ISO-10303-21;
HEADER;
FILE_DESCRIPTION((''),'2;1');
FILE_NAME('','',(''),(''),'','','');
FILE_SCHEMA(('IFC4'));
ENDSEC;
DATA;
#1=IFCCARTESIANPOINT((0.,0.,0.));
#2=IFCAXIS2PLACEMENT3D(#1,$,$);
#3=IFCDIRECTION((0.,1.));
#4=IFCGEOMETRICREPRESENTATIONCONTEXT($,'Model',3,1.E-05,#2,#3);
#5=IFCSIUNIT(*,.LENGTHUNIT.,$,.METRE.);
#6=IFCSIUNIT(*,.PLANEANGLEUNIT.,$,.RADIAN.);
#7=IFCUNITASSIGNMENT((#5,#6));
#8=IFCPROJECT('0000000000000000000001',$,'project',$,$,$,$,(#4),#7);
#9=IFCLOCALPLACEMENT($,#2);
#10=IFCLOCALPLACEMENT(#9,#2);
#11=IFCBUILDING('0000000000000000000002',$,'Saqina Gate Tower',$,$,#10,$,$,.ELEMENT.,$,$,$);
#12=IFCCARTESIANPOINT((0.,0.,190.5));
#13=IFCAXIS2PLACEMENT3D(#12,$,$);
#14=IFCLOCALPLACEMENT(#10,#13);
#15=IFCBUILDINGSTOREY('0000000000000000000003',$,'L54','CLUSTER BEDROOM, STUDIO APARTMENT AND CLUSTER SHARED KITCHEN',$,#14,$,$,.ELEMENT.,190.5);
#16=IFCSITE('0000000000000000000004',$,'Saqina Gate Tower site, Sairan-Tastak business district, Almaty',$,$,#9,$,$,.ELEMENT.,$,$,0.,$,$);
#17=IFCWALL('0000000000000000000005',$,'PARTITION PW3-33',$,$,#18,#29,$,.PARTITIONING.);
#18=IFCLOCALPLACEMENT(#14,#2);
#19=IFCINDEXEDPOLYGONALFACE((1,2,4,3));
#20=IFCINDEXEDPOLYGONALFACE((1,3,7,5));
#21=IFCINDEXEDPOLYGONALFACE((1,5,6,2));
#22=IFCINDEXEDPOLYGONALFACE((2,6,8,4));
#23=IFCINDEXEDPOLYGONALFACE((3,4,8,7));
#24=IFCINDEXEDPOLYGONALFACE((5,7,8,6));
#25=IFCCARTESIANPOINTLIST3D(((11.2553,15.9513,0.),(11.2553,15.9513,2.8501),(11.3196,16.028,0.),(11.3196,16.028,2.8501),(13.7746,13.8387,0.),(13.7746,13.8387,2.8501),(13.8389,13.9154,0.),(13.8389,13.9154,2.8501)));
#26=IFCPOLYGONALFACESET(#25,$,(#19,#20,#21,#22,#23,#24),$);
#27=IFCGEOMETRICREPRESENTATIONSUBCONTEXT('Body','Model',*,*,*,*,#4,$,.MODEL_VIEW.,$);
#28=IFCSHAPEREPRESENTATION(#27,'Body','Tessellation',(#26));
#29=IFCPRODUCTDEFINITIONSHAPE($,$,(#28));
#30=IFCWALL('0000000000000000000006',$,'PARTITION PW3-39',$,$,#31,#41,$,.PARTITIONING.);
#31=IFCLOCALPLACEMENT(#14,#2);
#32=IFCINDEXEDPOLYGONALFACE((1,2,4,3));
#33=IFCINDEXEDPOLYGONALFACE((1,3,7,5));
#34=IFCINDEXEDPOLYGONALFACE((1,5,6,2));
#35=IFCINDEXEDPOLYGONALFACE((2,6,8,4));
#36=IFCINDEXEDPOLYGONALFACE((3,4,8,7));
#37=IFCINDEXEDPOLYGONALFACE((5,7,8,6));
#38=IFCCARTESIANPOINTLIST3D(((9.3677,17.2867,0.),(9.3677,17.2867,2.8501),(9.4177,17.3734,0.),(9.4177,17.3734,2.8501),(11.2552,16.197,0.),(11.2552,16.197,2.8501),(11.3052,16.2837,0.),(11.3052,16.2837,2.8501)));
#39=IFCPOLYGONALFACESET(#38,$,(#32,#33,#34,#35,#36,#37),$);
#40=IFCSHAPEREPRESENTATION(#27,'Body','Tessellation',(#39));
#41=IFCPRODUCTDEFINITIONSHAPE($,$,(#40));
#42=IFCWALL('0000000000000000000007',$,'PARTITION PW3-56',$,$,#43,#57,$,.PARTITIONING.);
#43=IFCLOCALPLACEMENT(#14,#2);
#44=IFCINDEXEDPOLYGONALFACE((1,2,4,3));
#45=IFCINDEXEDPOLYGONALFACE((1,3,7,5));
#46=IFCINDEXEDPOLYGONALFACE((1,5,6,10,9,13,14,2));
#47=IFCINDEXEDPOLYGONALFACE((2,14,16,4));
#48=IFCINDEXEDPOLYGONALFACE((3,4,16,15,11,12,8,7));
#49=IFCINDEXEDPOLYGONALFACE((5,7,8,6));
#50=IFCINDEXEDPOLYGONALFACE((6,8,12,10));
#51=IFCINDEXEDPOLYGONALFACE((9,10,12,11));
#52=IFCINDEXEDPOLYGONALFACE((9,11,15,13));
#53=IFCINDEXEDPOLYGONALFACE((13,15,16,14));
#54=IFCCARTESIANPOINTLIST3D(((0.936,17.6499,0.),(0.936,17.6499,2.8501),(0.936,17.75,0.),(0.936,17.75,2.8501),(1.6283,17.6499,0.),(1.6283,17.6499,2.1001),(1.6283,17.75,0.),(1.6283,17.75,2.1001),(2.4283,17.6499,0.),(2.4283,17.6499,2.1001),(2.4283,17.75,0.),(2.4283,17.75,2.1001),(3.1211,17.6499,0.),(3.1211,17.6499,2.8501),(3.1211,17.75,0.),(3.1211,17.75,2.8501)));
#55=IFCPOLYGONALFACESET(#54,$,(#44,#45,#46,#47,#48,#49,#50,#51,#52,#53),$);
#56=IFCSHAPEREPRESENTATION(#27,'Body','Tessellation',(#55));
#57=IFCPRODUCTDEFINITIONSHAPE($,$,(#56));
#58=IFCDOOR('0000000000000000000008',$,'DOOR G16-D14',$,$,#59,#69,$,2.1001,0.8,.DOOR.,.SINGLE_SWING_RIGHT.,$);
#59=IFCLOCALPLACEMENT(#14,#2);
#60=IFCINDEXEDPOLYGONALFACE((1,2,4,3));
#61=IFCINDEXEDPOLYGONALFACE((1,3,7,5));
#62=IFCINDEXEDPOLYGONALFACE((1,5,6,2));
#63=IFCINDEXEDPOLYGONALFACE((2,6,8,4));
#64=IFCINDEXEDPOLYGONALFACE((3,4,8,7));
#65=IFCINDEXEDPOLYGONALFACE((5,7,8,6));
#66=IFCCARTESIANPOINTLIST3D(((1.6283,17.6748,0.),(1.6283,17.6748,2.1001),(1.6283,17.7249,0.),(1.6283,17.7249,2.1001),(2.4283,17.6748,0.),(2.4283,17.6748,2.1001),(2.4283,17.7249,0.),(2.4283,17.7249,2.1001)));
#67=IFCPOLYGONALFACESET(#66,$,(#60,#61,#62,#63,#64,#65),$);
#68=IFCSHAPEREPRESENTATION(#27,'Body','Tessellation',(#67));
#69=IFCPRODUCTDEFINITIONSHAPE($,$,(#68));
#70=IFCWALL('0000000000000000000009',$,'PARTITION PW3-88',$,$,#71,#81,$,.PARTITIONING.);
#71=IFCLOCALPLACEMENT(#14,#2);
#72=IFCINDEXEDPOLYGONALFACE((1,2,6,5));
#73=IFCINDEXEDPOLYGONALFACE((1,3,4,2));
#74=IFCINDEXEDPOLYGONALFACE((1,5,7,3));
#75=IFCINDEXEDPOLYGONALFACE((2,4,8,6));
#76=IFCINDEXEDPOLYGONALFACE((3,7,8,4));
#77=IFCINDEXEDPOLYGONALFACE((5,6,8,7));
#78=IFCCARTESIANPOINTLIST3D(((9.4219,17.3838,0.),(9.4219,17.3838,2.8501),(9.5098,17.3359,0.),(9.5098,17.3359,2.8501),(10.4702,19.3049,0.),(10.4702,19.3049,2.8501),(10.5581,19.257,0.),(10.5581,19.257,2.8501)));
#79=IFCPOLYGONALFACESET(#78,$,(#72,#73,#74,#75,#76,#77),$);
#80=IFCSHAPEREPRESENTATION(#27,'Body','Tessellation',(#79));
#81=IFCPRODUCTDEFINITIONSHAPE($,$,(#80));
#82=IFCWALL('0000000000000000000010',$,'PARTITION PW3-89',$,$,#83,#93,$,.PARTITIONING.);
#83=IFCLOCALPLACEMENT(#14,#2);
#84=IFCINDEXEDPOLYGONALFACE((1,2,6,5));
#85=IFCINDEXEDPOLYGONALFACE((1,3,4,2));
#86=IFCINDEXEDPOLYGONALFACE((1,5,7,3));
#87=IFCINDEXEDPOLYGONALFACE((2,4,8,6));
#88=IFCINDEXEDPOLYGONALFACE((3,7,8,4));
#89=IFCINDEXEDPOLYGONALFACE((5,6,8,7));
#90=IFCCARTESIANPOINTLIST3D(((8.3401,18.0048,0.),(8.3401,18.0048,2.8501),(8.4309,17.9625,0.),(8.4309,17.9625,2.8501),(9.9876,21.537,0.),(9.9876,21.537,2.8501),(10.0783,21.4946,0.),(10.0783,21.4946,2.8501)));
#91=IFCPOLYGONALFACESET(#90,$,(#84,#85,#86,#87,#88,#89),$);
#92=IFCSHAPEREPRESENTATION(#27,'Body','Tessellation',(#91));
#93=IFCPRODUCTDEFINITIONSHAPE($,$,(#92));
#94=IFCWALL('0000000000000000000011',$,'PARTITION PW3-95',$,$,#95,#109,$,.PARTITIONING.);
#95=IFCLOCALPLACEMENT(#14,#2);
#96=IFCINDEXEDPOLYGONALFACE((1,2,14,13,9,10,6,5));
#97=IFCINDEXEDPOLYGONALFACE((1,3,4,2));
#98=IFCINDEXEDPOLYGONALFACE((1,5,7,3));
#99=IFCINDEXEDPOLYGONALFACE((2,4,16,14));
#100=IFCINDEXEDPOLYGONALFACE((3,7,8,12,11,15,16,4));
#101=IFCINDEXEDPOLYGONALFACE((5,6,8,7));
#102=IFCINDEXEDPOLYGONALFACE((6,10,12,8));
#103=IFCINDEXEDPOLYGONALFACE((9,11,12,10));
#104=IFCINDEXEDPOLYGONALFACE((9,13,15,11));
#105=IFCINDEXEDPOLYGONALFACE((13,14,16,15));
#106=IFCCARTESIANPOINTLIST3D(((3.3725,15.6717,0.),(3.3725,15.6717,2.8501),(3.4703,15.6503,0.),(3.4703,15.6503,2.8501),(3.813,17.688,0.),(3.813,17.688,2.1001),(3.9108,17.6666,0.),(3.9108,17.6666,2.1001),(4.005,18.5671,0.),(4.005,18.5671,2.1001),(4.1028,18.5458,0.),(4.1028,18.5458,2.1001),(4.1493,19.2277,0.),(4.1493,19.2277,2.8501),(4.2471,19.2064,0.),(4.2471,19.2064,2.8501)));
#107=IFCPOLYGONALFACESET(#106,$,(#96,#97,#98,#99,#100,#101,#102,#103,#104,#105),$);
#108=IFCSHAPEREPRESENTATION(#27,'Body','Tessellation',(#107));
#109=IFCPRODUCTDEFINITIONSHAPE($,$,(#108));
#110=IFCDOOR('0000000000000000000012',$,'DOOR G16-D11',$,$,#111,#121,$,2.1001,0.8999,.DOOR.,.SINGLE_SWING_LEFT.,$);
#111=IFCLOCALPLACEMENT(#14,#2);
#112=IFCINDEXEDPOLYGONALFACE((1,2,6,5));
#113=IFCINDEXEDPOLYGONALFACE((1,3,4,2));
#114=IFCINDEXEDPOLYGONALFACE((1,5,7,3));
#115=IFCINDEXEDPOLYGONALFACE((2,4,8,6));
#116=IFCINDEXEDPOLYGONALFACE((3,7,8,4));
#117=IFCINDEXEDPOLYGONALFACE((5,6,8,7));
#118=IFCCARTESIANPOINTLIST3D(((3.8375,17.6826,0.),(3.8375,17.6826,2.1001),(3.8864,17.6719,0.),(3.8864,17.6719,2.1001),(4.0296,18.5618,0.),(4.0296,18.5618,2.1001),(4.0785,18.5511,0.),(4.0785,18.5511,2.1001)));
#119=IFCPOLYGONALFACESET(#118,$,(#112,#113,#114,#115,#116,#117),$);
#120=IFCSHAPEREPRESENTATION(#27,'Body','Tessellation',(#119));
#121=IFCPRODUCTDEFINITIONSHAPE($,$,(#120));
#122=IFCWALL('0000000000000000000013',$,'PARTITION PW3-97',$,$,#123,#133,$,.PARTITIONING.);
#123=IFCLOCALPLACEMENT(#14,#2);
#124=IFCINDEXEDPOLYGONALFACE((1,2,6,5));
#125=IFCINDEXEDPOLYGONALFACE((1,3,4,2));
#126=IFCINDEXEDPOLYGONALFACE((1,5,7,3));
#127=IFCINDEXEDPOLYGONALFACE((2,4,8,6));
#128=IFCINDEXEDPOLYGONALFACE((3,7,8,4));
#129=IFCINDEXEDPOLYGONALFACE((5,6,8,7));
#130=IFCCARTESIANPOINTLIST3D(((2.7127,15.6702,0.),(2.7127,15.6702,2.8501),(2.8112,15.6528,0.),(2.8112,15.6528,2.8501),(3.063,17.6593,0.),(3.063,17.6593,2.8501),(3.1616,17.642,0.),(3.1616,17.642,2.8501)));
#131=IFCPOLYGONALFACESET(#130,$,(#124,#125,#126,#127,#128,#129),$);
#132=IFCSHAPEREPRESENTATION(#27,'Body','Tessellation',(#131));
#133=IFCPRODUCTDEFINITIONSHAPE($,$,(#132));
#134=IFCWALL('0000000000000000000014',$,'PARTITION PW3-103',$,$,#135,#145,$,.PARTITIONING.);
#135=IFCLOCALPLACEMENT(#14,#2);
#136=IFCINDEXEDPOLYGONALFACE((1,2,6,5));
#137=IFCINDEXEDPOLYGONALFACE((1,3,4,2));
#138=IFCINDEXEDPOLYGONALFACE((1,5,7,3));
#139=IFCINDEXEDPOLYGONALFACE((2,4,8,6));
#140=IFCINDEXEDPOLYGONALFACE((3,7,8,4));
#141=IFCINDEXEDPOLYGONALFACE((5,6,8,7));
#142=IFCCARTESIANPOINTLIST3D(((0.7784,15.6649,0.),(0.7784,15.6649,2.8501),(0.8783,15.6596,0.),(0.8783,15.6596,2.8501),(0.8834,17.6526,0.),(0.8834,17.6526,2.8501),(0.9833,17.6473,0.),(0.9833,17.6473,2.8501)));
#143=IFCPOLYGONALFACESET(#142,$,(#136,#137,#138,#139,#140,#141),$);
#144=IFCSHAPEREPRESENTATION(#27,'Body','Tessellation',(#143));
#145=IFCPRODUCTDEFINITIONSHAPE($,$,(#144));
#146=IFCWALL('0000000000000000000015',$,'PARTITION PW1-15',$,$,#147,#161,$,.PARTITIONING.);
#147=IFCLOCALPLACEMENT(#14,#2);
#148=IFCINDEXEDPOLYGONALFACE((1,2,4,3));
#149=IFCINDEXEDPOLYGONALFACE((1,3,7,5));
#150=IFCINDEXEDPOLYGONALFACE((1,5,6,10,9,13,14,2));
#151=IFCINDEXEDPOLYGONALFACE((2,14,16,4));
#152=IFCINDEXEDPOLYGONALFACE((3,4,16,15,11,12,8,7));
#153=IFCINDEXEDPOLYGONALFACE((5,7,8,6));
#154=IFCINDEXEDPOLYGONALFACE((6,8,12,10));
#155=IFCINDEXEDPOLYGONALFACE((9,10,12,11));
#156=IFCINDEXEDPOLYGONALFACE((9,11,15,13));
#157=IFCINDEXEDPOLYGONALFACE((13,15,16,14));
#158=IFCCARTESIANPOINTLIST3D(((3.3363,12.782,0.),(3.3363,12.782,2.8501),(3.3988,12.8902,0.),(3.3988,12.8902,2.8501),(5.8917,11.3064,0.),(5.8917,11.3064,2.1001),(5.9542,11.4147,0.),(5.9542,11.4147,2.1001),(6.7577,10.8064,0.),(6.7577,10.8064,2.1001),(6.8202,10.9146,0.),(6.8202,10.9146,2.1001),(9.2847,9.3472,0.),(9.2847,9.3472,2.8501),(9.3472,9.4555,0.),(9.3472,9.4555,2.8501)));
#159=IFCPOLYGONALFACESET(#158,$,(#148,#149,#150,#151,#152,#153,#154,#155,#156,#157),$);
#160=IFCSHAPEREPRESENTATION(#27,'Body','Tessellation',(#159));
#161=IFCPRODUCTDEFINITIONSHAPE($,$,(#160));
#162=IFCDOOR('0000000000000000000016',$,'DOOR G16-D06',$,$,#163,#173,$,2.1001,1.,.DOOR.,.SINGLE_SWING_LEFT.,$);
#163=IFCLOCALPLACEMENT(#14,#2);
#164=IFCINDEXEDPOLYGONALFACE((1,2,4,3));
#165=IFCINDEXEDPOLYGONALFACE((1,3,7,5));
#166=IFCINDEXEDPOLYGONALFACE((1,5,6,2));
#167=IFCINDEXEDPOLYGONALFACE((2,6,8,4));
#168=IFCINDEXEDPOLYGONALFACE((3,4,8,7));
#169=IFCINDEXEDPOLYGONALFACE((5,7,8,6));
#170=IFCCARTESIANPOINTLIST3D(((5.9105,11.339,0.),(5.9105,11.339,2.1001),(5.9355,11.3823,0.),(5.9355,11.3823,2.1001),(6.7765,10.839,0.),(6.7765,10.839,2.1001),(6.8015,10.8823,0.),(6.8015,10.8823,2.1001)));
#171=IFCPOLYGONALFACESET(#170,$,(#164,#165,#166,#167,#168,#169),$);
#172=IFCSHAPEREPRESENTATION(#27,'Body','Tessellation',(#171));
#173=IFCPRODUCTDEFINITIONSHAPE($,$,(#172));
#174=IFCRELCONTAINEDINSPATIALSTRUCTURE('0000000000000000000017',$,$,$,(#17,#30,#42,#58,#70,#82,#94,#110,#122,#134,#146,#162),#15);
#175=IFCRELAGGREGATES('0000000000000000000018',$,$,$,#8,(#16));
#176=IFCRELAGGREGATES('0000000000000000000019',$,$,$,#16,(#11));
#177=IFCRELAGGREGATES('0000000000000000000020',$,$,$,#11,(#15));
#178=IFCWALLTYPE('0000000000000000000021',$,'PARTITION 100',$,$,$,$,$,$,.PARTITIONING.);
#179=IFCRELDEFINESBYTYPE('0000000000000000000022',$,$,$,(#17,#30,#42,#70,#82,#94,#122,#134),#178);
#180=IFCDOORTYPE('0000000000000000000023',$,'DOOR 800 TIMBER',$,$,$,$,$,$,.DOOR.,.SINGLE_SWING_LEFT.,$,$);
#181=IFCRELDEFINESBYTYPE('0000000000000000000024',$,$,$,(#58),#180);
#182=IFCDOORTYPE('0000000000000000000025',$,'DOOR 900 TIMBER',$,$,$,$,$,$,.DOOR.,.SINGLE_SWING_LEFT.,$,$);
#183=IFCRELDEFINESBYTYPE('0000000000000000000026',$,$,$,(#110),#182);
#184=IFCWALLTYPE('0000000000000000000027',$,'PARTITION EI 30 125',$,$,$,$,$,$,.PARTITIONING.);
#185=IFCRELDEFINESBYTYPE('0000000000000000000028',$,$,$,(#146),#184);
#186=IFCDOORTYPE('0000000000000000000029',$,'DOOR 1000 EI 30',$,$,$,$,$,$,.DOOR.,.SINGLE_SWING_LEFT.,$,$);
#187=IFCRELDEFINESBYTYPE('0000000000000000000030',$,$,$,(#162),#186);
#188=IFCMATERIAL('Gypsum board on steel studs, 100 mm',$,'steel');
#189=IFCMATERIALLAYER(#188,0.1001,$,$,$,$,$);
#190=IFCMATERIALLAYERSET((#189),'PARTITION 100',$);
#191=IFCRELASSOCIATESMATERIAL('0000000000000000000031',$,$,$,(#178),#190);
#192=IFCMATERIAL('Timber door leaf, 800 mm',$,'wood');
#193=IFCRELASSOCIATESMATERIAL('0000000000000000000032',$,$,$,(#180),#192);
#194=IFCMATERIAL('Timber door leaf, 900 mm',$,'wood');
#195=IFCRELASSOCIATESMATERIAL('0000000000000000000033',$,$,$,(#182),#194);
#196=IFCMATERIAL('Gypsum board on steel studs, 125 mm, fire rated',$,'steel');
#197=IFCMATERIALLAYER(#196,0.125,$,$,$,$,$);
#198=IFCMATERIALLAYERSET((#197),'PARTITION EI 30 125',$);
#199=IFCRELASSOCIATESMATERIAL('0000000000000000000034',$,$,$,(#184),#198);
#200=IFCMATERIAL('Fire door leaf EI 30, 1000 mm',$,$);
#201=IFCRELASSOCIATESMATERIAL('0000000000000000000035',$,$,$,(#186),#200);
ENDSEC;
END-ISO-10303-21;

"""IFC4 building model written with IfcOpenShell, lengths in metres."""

from ifc_helpers import new_model, si_unit, direction, frame, frame_2d, origin, place, context, subcontext, project, spatial, rectangle, extrude, material, layer, layer_set, type_object, element, fill, save


model = new_model("IFC4")

# Units and contexts
model_context = context("Model", 3, precision=1e-05, world=origin(), true_north=direction((0.0, 1.0)))
body_context = subcontext(model_context, "Body", "Model", "MODEL_VIEW")
ifc_project = project(units=[si_unit("LENGTHUNIT", "METRE"), si_unit("PLANEANGLEUNIT", "RADIAN")], contexts=[model_context])

# Site, building, storey
site_placement = place(None, origin())
site = spatial("IfcSite", under=ifc_project, at=site_placement, Name="Saqina Gate Tower site, Sairan-Tastak business district, Almaty", CompositionType="ELEMENT", RefElevation=0.0)
building_placement = place(site_placement, origin())
building = spatial("IfcBuilding", under=site, at=building_placement, Name="Saqina Gate Tower", CompositionType="ELEMENT")
storey_placement = place(building_placement, frame((0.0, 0.0, 190.5)))
storey = spatial("IfcBuildingStorey", under=building, at=storey_placement, Name="L54", Description="CLUSTER BEDROOM, STUDIO APARTMENT AND CLUSTER SHARED KITCHEN", CompositionType="ELEMENT", Elevation=190.5)

# Walls
ifc_material_1 = material(Name="Gypsum board on steel studs, 100 mm", Category="steel")
ifc_layer_1 = layer(ifc_material_1, 0.1001)
ifc_layer_set_1 = layer_set([ifc_layer_1], Name="PARTITION 100")
wall_type_1 = type_object("IfcWallType", Name="PARTITION 100", PredefinedType="PARTITIONING", material=ifc_layer_set_1)
wall_1_placement = place(storey_placement, frame((11.2874, 15.9897, 0.0), z_axis=(0.0, 0.0, 1.0), x_axis=(0.766252, -0.642541, 0.0)))
element("IfcWall", 1, at=wall_1_placement, inside=storey, type_object=wall_type_1, Name="PARTITION PW3-33", PredefinedType="PARTITIONING", context=body_context, shape_type="SweptSolid", body=[
    extrude(rectangle(XDim=3.2878, YDim=0.1001, at=frame_2d((1.644, 0.0))), origin(), (0.0, 0.0, 1.0), 2.8501),
])
wall_2_placement = place(storey_placement, frame((9.3926, 17.3301, 0.0), z_axis=(0.0, 0.0, 1.0), x_axis=(0.866049, -0.499958, 0.0)))
element("IfcWall", 2, at=wall_2_placement, inside=storey, type_object=wall_type_1, Name="PARTITION PW3-39", PredefinedType="PARTITIONING", context=body_context, shape_type="SweptSolid", body=[
    extrude(rectangle(XDim=2.1794, YDim=0.1001, at=frame_2d((1.0898, 0.0))), origin(), (0.0, 0.0, 1.0), 2.8501),
])

# Wall, opening, door
wall_3_placement = place(storey_placement, frame((0.936, 17.7, 0.0), z_axis=(0.0, 0.0, 1.0), x_axis=(1.0, 0.0, 0.0)))
wall_3 = element("IfcWall", 3, at=wall_3_placement, inside=storey, type_object=wall_type_1, Name="PARTITION PW3-56", PredefinedType="PARTITIONING", context=body_context, shape_type="SweptSolid", body=[
    extrude(rectangle(XDim=2.1851, YDim=0.1001, at=frame_2d((1.0925, 0.0))), origin(), (0.0, 0.0, 1.0), 2.8501),
])
opening_1_placement = place(wall_3_placement, frame((0.6924, 0.0, 0.0)))
opening_1 = element("IfcOpeningElement", 4, at=opening_1_placement, cuts=wall_3, PredefinedType="OPENING", context=body_context, shape_type="SweptSolid", body=[
    extrude(rectangle(XDim=0.8, YDim=2.1001, at=frame_2d((0.3999, 1.05))), frame((0.0, 0.062, 0.0), z_axis=(0.0, -1.0, 0.0), x_axis=(1.0, 0.0, 0.0)), (0.0, 0.0, 1.0), 0.124),
])
ifc_material_2 = material(Name="Timber door leaf, 800 mm", Category="wood")
door_type_1 = type_object("IfcDoorType", Name="DOOR 800 TIMBER", OperationType="SINGLE_SWING_LEFT", PredefinedType="DOOR", material=ifc_material_2)
door_1_placement = place(opening_1_placement, origin())
door_1 = element("IfcDoor", 5, at=door_1_placement, inside=storey, type_object=door_type_1, Name="DOOR G16-D14", OperationType="SINGLE_SWING_RIGHT", OverallHeight=2.1001, OverallWidth=0.8, PredefinedType="DOOR", context=body_context, shape_type="SweptSolid", body=[
    extrude(rectangle(XDim=0.8, YDim=2.1001, at=frame_2d((0.3999, 1.05))), frame((0.0, 0.0249, 0.0), z_axis=(0.0, -1.0, 0.0), x_axis=(1.0, 0.0, 0.0)), (0.0, 0.0, 1.0), 0.05),
])
fill(opening_1, door_1)

# Walls
wall_4_placement = place(storey_placement, frame((9.4658, 17.3599, 0.0), z_axis=(0.0, 0.0, 1.0), x_axis=(0.479008, 0.87781, 0.0)))
element("IfcWall", 6, at=wall_4_placement, inside=storey, type_object=wall_type_1, Name="PARTITION PW3-88", PredefinedType="PARTITIONING", context=body_context, shape_type="SweptSolid", body=[
    extrude(rectangle(XDim=2.1885, YDim=0.1001, at=frame_2d((1.0942, 0.0))), origin(), (0.0, 0.0, 1.0), 2.8501),
])
wall_5_placement = place(storey_placement, frame((8.3855, 17.9836, 0.0), z_axis=(0.0, 0.0, 1.0), x_axis=(0.422693, 0.906273, 0.0)))
element("IfcWall", 7, at=wall_5_placement, inside=storey, type_object=wall_type_1, Name="PARTITION PW3-89", PredefinedType="PARTITIONING", context=body_context, shape_type="SweptSolid", body=[
    extrude(rectangle(XDim=3.8975, YDim=0.1001, at=frame_2d((1.9487, 0.0))), origin(), (0.0, 0.0, 1.0), 2.8501),
])

# Wall, opening, door
wall_6_placement = place(storey_placement, frame((3.4214, 15.6611, 0.0), z_axis=(0.0, 0.0, 1.0), x_axis=(0.213435, 0.976957, 0.0)))
wall_6 = element("IfcWall", 8, at=wall_6_placement, inside=storey, type_object=wall_type_1, Name="PARTITION PW3-95", PredefinedType="PARTITIONING", context=body_context, shape_type="SweptSolid", body=[
    extrude(rectangle(XDim=3.6399, YDim=0.1001, at=frame_2d((1.8198, 0.0))), origin(), (0.0, 0.0, 1.0), 2.8501),
])
opening_2_placement = place(wall_6_placement, frame((2.0637, 0.0, 0.0)))
opening_2 = element("IfcOpeningElement", 9, at=opening_2_placement, cuts=wall_6, PredefinedType="OPENING", context=body_context, shape_type="SweptSolid", body=[
    extrude(rectangle(XDim=0.8999, YDim=2.1001, at=frame_2d((0.45, 1.05))), frame((0.0, 0.062, 0.0), z_axis=(0.0, -1.0, 0.0), x_axis=(1.0, 0.0, 0.0)), (0.0, 0.0, 1.0), 0.124),
])
ifc_material_3 = material(Name="Timber door leaf, 900 mm", Category="wood")
door_type_2 = type_object("IfcDoorType", Name="DOOR 900 TIMBER", OperationType="SINGLE_SWING_LEFT", PredefinedType="DOOR", material=ifc_material_3)
door_2_placement = place(opening_2_placement, origin())
door_2 = element("IfcDoor", 10, at=door_2_placement, inside=storey, type_object=door_type_2, Name="DOOR G16-D11", OperationType="SINGLE_SWING_LEFT", OverallHeight=2.1001, OverallWidth=0.8999, PredefinedType="DOOR", context=body_context, shape_type="SweptSolid", body=[
    extrude(rectangle(XDim=0.8999, YDim=2.1001, at=frame_2d((0.45, 1.05))), frame((0.0, 0.0249, 0.0), z_axis=(0.0, -1.0, 0.0), x_axis=(1.0, 0.0, 0.0)), (0.0, 0.0, 1.0), 0.05),
])
fill(opening_2, door_2)

# Walls
wall_7_placement = place(storey_placement, frame((2.762, 15.6616, 0.0), z_axis=(0.0, 0.0, 1.0), x_axis=(0.173447, 0.984843, 0.0)))
element("IfcWall", 11, at=wall_7_placement, inside=storey, type_object=wall_type_1, Name="PARTITION PW3-97", PredefinedType="PARTITIONING", context=body_context, shape_type="SweptSolid", body=[
    extrude(rectangle(XDim=2.0198, YDim=0.1001, at=frame_2d((1.0098, 0.0))), origin(), (0.0, 0.0, 1.0), 2.8501),
])
wall_8_placement = place(storey_placement, frame((0.8284, 15.6624, 0.0), z_axis=(0.0, 0.0, 1.0), x_axis=(0.052739, 0.998608, 0.0)))
element("IfcWall", 12, at=wall_8_placement, inside=storey, type_object=wall_type_1, Name="PARTITION PW3-103", PredefinedType="PARTITIONING", context=body_context, shape_type="SweptSolid", body=[
    extrude(rectangle(XDim=1.9905, YDim=0.1001, at=frame_2d((0.9951, 0.0))), origin(), (0.0, 0.0, 1.0), 2.8501),
])

# Wall, opening, door
ifc_material_4 = material(Name="Gypsum board on steel studs, 125 mm, fire rated", Category="steel")
ifc_layer_2 = layer(ifc_material_4, 0.125)
ifc_layer_set_2 = layer_set([ifc_layer_2], Name="PARTITION EI 30 125")
wall_type_2 = type_object("IfcWallType", Name="PARTITION EI 30 125", PredefinedType="PARTITIONING", material=ifc_layer_set_2)
wall_9_placement = place(storey_placement, frame((3.3674, 12.8362, 0.0), z_axis=(0.0, 0.0, 1.0), x_axis=(0.865997, -0.50005, 0.0)))
wall_9 = element("IfcWall", 13, at=wall_9_placement, inside=storey, type_object=wall_type_2, Name="PARTITION PW1-15", PredefinedType="PARTITIONING", context=body_context, shape_type="SweptSolid", body=[
    extrude(rectangle(XDim=6.8689, YDim=0.125, at=frame_2d((3.4346, 0.0))), origin(), (0.0, 0.0, 1.0), 2.8501),
])
opening_3_placement = place(wall_9_placement, frame((2.9509, 0.0, 0.0)))
opening_3 = element("IfcOpeningElement", 14, at=opening_3_placement, cuts=wall_9, PredefinedType="OPENING", context=body_context, shape_type="SweptSolid", body=[
    extrude(rectangle(XDim=1.0, YDim=2.1001, at=frame_2d((0.5, 1.05))), frame((0.0, 0.0745, 0.0), z_axis=(0.0, -1.0, 0.0), x_axis=(1.0, 0.0, 0.0)), (0.0, 0.0, 1.0), 0.1489),
])
ifc_material_5 = material(Name="Fire door leaf EI 30, 1000 mm")
door_type_3 = type_object("IfcDoorType", Name="DOOR 1000 EI 30", OperationType="SINGLE_SWING_LEFT", PredefinedType="DOOR", material=ifc_material_5)
door_3_placement = place(opening_3_placement, frame((1.0, 0.0, 0.0), z_axis=(0.0, 0.0, 1.0), x_axis=(-1.0, 0.0, 0.0)))
door_3 = element("IfcDoor", 15, at=door_3_placement, inside=storey, type_object=door_type_3, Name="DOOR G16-D06", OperationType="SINGLE_SWING_LEFT", OverallHeight=2.1001, OverallWidth=1.0, PredefinedType="DOOR", context=body_context, shape_type="SweptSolid", body=[
    extrude(rectangle(XDim=1.0, YDim=2.1001, at=frame_2d((0.5, 1.05))), frame((0.0, 0.0249, 0.0), z_axis=(0.0, -1.0, 0.0), x_axis=(1.0, 0.0, 0.0)), (0.0, 0.0, 1.0), 0.05),
])
fill(opening_3, door_3)

save(model, "model.ifc")
